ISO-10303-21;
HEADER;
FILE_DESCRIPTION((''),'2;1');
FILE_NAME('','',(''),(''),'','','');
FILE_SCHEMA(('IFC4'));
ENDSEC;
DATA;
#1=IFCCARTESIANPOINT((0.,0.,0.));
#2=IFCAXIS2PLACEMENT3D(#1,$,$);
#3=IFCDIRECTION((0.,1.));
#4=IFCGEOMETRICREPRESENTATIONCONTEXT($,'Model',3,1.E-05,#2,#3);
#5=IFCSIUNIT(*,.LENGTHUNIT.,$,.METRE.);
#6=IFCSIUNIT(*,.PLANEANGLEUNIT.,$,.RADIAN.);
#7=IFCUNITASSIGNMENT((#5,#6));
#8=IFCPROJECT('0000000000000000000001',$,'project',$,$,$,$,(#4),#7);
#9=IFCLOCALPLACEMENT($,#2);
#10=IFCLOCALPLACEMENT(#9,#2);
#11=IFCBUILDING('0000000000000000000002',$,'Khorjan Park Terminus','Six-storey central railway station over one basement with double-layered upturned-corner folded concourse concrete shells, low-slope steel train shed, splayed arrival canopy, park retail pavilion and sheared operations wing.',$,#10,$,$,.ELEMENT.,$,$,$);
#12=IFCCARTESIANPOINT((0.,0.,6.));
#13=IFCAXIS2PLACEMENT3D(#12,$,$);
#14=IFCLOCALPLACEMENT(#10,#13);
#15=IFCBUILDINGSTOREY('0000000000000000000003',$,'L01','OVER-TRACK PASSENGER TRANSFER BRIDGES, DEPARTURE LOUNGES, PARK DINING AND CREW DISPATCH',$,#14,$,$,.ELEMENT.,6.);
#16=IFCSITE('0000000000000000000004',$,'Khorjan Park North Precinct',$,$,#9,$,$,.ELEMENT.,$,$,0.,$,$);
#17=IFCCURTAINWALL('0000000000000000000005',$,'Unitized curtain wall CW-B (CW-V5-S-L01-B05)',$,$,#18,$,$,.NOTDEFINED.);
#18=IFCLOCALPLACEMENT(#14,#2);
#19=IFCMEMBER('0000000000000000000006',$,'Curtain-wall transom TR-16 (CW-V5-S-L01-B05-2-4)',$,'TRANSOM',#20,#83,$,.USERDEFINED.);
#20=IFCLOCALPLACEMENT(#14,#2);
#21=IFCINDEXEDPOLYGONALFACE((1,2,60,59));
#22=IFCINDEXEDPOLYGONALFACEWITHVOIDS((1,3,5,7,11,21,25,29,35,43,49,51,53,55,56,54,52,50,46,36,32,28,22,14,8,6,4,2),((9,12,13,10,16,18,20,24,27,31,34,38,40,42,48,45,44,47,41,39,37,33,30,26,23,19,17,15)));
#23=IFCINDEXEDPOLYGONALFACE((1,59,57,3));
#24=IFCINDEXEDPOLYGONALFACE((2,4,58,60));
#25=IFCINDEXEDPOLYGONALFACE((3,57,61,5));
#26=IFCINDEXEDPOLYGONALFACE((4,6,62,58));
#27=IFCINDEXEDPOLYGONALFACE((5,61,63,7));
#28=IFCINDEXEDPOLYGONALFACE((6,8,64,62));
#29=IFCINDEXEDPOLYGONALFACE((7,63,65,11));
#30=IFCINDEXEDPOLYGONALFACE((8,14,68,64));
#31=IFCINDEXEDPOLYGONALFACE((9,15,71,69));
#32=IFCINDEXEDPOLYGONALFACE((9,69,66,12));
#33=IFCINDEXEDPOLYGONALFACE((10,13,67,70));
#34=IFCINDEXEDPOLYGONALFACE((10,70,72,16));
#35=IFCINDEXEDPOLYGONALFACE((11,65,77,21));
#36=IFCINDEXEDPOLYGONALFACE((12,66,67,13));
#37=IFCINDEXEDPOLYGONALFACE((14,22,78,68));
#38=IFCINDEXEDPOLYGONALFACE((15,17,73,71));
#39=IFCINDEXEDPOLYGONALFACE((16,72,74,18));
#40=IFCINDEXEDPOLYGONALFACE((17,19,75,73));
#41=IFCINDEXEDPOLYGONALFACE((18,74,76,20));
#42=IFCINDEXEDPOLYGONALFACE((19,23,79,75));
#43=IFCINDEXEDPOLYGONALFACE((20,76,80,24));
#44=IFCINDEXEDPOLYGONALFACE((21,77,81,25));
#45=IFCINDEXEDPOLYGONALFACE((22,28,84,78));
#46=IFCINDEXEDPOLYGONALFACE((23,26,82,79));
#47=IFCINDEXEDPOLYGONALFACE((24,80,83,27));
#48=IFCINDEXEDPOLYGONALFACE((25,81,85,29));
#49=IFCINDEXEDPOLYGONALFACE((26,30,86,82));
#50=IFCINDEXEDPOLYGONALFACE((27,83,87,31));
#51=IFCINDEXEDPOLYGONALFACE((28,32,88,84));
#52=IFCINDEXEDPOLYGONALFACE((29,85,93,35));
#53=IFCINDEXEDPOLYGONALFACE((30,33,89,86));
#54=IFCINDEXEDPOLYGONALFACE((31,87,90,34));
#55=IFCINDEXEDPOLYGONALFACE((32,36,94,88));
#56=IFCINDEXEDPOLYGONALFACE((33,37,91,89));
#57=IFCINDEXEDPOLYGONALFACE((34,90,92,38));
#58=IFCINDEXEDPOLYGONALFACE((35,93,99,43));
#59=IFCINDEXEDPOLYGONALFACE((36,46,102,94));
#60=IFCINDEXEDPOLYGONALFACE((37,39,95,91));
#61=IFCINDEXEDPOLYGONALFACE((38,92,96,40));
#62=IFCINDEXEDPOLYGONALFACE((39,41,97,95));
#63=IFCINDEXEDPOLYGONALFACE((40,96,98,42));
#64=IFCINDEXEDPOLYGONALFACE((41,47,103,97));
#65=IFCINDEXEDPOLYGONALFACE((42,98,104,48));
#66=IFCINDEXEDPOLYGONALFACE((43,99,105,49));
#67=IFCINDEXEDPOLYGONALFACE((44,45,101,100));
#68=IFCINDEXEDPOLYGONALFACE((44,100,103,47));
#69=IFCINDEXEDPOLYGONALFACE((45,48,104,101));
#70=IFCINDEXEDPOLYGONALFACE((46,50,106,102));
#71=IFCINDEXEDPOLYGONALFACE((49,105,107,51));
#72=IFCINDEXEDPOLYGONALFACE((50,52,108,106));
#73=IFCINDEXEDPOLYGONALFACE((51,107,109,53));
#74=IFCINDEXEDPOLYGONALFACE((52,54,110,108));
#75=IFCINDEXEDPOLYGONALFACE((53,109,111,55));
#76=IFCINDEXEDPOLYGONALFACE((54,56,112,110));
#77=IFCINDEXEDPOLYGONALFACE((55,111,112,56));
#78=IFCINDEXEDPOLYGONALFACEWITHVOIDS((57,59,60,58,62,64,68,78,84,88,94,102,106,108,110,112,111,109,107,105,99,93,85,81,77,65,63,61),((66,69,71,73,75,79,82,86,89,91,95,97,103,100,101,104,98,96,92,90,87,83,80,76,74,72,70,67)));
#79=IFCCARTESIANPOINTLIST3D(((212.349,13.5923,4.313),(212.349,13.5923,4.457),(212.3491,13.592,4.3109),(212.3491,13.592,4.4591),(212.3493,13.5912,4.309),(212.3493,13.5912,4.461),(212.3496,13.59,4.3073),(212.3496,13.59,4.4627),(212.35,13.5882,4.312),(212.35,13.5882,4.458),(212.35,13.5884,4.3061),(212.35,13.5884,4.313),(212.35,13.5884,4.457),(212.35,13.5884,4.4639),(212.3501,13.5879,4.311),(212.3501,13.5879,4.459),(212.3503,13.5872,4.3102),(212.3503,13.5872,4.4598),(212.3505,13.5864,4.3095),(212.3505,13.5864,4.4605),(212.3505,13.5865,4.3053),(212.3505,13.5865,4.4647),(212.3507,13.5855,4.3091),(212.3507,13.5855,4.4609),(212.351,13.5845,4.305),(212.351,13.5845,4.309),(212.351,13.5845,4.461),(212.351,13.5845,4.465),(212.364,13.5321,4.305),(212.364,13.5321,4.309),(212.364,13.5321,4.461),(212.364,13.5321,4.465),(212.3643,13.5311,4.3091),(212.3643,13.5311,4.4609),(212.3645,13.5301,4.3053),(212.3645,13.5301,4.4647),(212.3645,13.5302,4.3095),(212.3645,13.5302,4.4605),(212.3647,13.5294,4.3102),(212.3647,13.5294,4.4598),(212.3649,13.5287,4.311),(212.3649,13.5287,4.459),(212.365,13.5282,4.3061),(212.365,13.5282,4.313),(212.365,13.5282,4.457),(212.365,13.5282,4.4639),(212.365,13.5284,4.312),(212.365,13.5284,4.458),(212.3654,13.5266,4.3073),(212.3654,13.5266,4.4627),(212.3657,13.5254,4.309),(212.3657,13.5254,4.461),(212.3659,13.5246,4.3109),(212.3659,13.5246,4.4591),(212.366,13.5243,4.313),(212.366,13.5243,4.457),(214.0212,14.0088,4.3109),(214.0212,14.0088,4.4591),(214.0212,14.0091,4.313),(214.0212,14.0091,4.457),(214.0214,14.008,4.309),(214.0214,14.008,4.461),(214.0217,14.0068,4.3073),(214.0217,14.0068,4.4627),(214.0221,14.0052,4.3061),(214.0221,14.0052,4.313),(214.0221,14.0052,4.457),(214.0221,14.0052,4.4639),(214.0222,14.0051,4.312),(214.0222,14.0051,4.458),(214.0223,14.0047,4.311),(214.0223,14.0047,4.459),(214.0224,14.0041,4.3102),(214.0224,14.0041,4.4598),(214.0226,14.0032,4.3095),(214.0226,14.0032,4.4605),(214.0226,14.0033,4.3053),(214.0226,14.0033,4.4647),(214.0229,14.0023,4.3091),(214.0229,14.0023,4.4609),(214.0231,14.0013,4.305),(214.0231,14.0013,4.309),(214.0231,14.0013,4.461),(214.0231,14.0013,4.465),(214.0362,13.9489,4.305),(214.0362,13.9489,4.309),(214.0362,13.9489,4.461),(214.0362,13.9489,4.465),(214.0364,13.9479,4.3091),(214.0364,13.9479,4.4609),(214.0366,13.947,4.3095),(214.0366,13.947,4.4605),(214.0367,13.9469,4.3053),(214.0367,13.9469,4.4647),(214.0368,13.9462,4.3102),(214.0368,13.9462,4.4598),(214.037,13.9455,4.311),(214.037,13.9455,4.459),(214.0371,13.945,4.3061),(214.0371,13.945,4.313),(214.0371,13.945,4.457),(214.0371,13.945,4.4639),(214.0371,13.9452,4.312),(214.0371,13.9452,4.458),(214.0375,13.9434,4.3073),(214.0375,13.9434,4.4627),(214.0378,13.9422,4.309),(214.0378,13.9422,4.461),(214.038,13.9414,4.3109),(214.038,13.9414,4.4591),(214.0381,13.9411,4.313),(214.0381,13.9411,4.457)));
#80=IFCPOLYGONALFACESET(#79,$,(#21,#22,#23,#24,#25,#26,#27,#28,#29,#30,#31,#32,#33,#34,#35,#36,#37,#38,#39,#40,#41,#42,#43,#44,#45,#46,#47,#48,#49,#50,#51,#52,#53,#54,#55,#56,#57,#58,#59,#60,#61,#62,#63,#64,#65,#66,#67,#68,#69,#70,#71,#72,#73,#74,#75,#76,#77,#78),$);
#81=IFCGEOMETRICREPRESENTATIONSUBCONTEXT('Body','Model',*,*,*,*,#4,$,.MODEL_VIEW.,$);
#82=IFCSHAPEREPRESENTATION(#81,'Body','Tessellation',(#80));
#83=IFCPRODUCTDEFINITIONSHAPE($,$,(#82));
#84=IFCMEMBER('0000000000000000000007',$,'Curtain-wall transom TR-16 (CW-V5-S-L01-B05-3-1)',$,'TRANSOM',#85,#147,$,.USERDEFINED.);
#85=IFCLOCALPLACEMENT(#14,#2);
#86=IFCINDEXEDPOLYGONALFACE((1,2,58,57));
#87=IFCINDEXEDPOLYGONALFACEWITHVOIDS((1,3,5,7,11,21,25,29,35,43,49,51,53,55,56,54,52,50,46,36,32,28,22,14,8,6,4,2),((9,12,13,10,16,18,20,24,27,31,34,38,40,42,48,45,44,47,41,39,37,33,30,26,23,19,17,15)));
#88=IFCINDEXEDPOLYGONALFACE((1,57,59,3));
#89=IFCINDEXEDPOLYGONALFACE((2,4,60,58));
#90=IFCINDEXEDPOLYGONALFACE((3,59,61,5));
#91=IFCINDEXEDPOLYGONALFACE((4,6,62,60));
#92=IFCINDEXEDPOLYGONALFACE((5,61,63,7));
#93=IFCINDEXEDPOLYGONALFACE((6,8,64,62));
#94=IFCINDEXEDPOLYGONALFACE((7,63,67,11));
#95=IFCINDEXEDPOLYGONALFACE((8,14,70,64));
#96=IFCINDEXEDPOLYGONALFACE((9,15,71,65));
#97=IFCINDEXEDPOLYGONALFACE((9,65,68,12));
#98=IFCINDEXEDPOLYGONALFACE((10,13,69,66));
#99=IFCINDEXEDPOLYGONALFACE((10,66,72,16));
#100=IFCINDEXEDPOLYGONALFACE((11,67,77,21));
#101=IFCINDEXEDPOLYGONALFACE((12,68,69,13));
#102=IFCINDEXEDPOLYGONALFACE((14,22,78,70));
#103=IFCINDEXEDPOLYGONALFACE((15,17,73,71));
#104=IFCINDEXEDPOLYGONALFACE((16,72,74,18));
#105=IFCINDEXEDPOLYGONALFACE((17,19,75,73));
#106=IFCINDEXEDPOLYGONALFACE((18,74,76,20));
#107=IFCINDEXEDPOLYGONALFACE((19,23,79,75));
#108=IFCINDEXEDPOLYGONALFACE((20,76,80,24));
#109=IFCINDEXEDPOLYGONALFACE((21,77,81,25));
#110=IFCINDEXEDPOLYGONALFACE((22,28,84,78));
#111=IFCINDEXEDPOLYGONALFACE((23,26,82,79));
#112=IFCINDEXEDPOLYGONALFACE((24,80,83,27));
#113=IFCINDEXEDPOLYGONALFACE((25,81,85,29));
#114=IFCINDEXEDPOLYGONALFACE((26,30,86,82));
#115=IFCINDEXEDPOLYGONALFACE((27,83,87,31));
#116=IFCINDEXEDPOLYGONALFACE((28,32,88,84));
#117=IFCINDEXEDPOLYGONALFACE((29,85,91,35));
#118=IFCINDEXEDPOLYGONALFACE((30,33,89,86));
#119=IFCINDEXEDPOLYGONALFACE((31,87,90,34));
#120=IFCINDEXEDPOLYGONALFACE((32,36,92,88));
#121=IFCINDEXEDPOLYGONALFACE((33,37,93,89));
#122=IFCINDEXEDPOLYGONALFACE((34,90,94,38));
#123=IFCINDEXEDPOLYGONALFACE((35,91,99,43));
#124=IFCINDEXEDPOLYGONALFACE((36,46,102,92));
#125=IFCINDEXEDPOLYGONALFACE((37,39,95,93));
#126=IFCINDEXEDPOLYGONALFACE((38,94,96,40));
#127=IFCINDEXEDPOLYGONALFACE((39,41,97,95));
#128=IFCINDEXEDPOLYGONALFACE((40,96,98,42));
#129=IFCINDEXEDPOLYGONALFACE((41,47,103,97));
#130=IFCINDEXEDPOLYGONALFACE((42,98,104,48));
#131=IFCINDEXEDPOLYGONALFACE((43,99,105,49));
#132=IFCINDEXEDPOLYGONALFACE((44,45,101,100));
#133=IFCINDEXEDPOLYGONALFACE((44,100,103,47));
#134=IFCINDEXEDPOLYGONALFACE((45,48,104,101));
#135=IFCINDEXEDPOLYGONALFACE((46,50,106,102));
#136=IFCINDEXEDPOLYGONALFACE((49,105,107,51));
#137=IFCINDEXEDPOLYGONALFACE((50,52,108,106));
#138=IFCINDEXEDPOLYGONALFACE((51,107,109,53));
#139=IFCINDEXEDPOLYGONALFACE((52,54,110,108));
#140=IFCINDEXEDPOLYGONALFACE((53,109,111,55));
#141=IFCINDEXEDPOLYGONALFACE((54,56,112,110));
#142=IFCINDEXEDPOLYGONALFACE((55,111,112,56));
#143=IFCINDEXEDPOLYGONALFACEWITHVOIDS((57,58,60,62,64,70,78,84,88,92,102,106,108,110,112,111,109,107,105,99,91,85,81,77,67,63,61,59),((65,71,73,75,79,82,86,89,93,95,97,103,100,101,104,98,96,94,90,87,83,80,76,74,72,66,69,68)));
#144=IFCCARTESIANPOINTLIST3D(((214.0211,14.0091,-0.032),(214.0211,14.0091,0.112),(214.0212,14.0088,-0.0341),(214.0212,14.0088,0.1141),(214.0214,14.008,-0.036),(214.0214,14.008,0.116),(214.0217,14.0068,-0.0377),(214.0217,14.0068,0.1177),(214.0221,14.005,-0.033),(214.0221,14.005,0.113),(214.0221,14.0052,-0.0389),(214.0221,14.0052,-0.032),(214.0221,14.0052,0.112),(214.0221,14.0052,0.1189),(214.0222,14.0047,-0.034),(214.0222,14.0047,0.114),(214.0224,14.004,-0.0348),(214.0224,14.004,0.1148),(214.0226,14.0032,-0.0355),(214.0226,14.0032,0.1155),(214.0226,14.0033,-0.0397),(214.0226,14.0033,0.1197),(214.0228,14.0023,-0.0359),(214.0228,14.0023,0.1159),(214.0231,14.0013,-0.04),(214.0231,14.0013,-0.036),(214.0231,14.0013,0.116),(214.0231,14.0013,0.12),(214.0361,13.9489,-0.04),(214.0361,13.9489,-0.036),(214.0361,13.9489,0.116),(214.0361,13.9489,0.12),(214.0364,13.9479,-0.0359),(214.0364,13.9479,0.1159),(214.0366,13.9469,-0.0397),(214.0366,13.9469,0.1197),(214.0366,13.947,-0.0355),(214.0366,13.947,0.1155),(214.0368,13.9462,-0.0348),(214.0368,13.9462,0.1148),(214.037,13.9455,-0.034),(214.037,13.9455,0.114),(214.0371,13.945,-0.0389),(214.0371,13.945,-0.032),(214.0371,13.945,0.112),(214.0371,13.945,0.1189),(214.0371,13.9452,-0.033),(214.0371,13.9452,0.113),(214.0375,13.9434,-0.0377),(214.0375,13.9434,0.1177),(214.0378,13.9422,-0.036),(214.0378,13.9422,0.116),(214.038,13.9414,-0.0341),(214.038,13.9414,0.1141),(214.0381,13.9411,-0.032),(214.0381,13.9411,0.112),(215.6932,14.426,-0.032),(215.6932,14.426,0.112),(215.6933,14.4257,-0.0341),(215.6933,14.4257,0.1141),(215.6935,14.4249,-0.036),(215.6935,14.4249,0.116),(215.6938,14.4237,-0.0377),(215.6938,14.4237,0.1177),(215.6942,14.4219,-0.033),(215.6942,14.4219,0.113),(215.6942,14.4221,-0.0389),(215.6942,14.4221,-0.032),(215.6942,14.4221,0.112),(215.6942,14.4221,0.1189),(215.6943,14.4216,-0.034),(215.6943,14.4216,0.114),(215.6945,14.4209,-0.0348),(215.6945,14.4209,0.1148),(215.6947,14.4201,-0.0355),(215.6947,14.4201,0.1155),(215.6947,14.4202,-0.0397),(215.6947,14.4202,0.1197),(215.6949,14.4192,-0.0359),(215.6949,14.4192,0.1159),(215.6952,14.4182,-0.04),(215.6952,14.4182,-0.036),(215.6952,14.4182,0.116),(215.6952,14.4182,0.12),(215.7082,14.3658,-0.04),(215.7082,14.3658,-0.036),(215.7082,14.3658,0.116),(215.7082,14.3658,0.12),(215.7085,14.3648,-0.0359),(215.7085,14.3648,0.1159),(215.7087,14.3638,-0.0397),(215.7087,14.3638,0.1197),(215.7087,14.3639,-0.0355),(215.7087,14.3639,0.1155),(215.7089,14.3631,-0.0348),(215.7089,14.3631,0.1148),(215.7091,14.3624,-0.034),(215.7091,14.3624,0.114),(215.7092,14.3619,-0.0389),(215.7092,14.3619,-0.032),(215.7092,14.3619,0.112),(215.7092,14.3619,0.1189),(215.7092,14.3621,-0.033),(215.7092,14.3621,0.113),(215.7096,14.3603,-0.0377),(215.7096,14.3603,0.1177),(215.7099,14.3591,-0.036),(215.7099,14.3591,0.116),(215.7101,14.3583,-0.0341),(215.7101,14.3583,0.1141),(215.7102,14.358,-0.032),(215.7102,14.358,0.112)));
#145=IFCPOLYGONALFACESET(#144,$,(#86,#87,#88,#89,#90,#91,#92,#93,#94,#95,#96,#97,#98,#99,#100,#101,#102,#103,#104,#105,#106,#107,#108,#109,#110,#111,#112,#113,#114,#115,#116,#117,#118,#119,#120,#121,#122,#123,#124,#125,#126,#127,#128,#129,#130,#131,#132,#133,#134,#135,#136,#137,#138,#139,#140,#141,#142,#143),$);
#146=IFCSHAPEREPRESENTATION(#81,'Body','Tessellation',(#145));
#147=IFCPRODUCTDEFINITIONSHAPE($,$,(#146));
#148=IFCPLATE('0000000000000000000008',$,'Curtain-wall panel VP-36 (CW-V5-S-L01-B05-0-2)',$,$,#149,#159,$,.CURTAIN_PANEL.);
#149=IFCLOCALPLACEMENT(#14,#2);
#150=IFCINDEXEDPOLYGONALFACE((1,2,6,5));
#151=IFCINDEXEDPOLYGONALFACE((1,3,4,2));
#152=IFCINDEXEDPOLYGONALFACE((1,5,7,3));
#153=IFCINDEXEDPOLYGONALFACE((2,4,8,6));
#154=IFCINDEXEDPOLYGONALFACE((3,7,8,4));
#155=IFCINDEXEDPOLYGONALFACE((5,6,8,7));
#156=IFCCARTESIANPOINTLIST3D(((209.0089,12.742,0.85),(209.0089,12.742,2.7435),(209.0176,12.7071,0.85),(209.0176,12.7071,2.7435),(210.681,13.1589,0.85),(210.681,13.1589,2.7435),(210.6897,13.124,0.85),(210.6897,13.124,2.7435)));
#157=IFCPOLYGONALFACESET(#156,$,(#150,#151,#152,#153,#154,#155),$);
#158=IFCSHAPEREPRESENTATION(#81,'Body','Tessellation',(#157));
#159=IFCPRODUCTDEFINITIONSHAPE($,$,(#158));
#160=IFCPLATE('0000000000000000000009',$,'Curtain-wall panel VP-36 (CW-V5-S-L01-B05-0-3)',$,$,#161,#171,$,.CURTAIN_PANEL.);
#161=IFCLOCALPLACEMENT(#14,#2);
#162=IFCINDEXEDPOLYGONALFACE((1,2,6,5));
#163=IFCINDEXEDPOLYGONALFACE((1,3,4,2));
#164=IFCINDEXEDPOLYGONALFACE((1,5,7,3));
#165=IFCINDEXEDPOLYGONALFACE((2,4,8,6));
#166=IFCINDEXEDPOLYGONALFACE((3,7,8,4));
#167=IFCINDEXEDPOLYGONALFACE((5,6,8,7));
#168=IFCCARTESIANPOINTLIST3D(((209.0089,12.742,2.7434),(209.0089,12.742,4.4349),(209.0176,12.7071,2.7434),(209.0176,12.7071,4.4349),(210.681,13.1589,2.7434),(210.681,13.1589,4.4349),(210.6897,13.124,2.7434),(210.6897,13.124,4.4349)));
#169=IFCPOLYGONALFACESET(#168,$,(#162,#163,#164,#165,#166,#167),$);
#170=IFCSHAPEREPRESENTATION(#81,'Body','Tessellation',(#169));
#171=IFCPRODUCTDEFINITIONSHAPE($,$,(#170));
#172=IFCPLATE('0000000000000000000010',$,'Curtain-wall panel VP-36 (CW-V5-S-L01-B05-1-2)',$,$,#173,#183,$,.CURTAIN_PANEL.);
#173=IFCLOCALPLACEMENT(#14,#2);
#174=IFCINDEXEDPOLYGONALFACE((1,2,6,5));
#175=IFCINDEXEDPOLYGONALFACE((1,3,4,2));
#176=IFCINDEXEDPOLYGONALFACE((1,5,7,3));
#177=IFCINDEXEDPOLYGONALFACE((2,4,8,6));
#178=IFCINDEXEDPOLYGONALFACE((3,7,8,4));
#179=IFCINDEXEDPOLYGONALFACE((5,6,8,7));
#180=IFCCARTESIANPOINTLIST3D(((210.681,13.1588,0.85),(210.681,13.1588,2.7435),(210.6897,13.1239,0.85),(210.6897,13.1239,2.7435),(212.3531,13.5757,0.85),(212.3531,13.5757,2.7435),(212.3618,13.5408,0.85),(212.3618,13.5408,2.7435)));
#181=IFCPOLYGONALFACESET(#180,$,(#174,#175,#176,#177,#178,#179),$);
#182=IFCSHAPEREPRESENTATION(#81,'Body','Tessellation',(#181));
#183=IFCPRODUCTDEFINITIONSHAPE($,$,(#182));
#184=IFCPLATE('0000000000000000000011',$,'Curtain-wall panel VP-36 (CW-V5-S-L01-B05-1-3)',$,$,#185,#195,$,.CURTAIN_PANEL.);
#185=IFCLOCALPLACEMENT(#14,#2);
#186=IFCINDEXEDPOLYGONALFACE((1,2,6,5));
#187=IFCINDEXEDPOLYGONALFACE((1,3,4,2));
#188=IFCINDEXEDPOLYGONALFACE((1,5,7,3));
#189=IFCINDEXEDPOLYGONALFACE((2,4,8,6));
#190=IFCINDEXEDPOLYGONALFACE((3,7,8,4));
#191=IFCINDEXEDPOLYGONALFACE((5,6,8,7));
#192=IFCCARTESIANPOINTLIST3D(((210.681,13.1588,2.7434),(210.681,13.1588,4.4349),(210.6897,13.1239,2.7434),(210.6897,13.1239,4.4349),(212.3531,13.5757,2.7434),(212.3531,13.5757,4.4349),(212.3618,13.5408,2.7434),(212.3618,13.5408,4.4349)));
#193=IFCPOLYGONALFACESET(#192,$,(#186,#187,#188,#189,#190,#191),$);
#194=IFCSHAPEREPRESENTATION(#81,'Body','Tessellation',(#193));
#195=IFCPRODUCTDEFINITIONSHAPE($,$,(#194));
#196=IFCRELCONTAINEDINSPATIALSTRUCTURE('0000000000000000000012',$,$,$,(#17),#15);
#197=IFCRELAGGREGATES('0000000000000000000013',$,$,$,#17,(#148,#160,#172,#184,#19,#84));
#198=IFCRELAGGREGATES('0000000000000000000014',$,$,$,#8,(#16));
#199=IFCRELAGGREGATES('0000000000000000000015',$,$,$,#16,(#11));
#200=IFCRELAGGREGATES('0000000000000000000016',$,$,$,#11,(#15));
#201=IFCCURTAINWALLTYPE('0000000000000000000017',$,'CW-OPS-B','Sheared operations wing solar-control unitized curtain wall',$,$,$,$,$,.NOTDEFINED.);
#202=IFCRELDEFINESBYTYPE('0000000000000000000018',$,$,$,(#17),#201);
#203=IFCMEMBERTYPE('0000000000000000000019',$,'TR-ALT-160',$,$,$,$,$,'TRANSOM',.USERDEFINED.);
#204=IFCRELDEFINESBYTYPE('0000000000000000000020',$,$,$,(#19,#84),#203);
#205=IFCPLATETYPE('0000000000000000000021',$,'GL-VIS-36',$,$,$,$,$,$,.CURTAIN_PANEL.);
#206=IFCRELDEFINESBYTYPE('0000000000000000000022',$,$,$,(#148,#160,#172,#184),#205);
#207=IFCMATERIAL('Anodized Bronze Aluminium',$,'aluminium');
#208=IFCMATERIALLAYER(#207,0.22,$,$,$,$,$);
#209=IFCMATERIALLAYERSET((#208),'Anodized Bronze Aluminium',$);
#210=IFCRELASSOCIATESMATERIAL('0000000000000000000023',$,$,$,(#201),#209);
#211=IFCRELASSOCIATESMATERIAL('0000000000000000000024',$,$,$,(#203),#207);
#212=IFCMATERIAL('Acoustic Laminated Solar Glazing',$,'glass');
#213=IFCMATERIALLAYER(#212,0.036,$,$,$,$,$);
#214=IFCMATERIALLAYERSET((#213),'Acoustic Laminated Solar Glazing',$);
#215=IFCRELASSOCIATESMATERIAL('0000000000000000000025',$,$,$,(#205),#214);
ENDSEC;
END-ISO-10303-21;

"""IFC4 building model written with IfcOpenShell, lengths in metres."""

from ifc_helpers import new_model, si_unit, direction, frame, origin, origin_2d, place, context, subcontext, project, spatial, rectangle, hollow_rectangle, extrude, material, layer, layer_set, material_profile, profile_set, type_object, element, aggregate, save


model = new_model("IFC4")

# Units and contexts
model_context = context("Model", 3, precision=1e-05, world=origin(), true_north=direction((0.0, 1.0)))
body_context = subcontext(model_context, "Body", "Model", "MODEL_VIEW")
ifc_project = project(units=[si_unit("LENGTHUNIT", "METRE"), si_unit("PLANEANGLEUNIT", "RADIAN")], contexts=[model_context])

# Site, building, storey
site_placement = place(None, origin())
site = spatial("IfcSite", under=ifc_project, at=site_placement, Name="Khorjan Park North Precinct", CompositionType="ELEMENT", RefElevation=0.0)
building_placement = place(site_placement, origin())
building = spatial("IfcBuilding", under=site, at=building_placement, Name="Khorjan Park Terminus", Description="Six-storey central railway station over one basement with double-layered upturned-corner folded concourse concrete shells, low-slope steel train shed, splayed arrival canopy, park retail pavilion and sheared operations wing.", CompositionType="ELEMENT")
storey_placement = place(building_placement, frame((0.0, 0.0, 6.0)))
storey = spatial("IfcBuildingStorey", under=building, at=storey_placement, Name="L01", Description="OVER-TRACK PASSENGER TRANSFER BRIDGES, DEPARTURE LOUNGES, PARK DINING AND CREW DISPATCH", CompositionType="ELEMENT", Elevation=6.0)

# Curtain wall, members, plates
ifc_material_1 = material(Name="Anodized Bronze Aluminium", Category="aluminium")
ifc_layer_1 = layer(ifc_material_1, 0.22)
ifc_layer_set_1 = layer_set([ifc_layer_1], Name="Anodized Bronze Aluminium")
curtain_wall_type = type_object("IfcCurtainWallType", Name="CW-OPS-B", Description="Sheared operations wing solar-control unitized curtain wall", PredefinedType="NOTDEFINED", material=ifc_layer_set_1)
curtain_wall_placement = place(storey_placement, origin())
curtain_wall = element("IfcCurtainWall", 1, at=curtain_wall_placement, inside=storey, type_object=curtain_wall_type, Name="Unitized curtain wall CW-B (CW-V5-S-L01-B05)", PredefinedType="NOTDEFINED")
ifc_material_profile_1 = material_profile(ifc_material_1, hollow_rectangle(XDim=0.07, YDim=0.16, WallThickness=0.004, InnerFilletRadius=0.004, OuterFilletRadius=0.008, at=origin_2d()), Name="ALT 70x160x4")
ifc_profile_set_1 = profile_set([ifc_material_profile_1], Name="Anodized Bronze Aluminium")
member_type_1 = type_object("IfcMemberType", Name="TR-ALT-160", ElementType="TRANSOM", PredefinedType="USERDEFINED", material=ifc_profile_set_1)
member_1_placement = place(storey_placement, frame((212.3575, 13.5583, 4.385), z_axis=(0.97031, 0.241867, 0.0), x_axis=(-0.241867, 0.97031, 0.0)))
member_1 = element("IfcMember", 2, at=member_1_placement, type_object=member_type_1, Name="Curtain-wall transom TR-16 (CW-V5-S-L01-B05-2-4)", ObjectType="TRANSOM", PredefinedType="USERDEFINED", context=body_context, shape_type="SweptSolid", body=[
    extrude(hollow_rectangle(XDim=0.07, YDim=0.16, WallThickness=0.004, InnerFilletRadius=0.004, OuterFilletRadius=0.008, at=origin_2d()), origin(), (0.0, 0.0, 1.0), 1.7233),
])
member_2_placement = place(storey_placement, frame((214.0296, 13.9751, 0.04), z_axis=(0.970296, 0.241921, 0.0), x_axis=(-0.241921, 0.970296, 0.0)))
member_2 = element("IfcMember", 3, at=member_2_placement, type_object=member_type_1, Name="Curtain-wall transom TR-16 (CW-V5-S-L01-B05-3-1)", ObjectType="TRANSOM", PredefinedType="USERDEFINED", context=body_context, shape_type="SweptSolid", body=[
    extrude(hollow_rectangle(XDim=0.07, YDim=0.16, WallThickness=0.004, InnerFilletRadius=0.004, OuterFilletRadius=0.008, at=origin_2d()), origin(), (0.0, 0.0, 1.0), 1.7233),
])
ifc_material_2 = material(Name="Acoustic Laminated Solar Glazing", Category="glass")
ifc_layer_2 = layer(ifc_material_2, 0.036)
ifc_layer_set_2 = layer_set([ifc_layer_2], Name="Acoustic Laminated Solar Glazing")
plate_type_1 = type_object("IfcPlateType", Name="GL-VIS-36", PredefinedType="CURTAIN_PANEL", material=ifc_layer_set_2)
plate_1_placement = place(storey_placement, frame((209.8493, 12.933, 0.85), z_axis=(0.0, 0.0, 1.0), x_axis=(0.970298, 0.241912, 0.0)))
plate_1 = element("IfcPlate", 4, at=plate_1_placement, type_object=plate_type_1, Name="Curtain-wall panel VP-36 (CW-V5-S-L01-B05-0-2)", PredefinedType="CURTAIN_PANEL", context=body_context, shape_type="SweptSolid", body=[
    extrude(rectangle(XDim=1.7233, YDim=0.036, at=origin_2d()), origin(), (0.0, 0.0, 1.0), 1.8935),
])
plate_2_placement = place(storey_placement, frame((209.8493, 12.933, 2.7434), z_axis=(0.0, 0.0, 1.0), x_axis=(0.970298, 0.241912, 0.0)))
plate_2 = element("IfcPlate", 5, at=plate_2_placement, type_object=plate_type_1, Name="Curtain-wall panel VP-36 (CW-V5-S-L01-B05-0-3)", PredefinedType="CURTAIN_PANEL", context=body_context, shape_type="SweptSolid", body=[
    extrude(rectangle(XDim=1.7233, YDim=0.036, at=origin_2d()), origin(), (0.0, 0.0, 1.0), 1.6915),
])
plate_3_placement = place(storey_placement, frame((211.5214, 13.3498, 0.85), z_axis=(0.0, 0.0, 1.0), x_axis=(0.970298, 0.241912, 0.0)))
plate_3 = element("IfcPlate", 6, at=plate_3_placement, type_object=plate_type_1, Name="Curtain-wall panel VP-36 (CW-V5-S-L01-B05-1-2)", PredefinedType="CURTAIN_PANEL", context=body_context, shape_type="SweptSolid", body=[
    extrude(rectangle(XDim=1.7233, YDim=0.036, at=origin_2d()), origin(), (0.0, 0.0, 1.0), 1.8935),
])
plate_4_placement = place(storey_placement, frame((211.5214, 13.3498, 2.7434), z_axis=(0.0, 0.0, 1.0), x_axis=(0.970298, 0.241912, 0.0)))
plate_4 = element("IfcPlate", 7, at=plate_4_placement, type_object=plate_type_1, Name="Curtain-wall panel VP-36 (CW-V5-S-L01-B05-1-3)", PredefinedType="CURTAIN_PANEL", context=body_context, shape_type="SweptSolid", body=[
    extrude(rectangle(XDim=1.7233, YDim=0.036, at=origin_2d()), origin(), (0.0, 0.0, 1.0), 1.6915),
])
aggregate(curtain_wall, [plate_1, plate_2, plate_3, plate_4, member_1, member_2])

save(model, "model.ifc")
